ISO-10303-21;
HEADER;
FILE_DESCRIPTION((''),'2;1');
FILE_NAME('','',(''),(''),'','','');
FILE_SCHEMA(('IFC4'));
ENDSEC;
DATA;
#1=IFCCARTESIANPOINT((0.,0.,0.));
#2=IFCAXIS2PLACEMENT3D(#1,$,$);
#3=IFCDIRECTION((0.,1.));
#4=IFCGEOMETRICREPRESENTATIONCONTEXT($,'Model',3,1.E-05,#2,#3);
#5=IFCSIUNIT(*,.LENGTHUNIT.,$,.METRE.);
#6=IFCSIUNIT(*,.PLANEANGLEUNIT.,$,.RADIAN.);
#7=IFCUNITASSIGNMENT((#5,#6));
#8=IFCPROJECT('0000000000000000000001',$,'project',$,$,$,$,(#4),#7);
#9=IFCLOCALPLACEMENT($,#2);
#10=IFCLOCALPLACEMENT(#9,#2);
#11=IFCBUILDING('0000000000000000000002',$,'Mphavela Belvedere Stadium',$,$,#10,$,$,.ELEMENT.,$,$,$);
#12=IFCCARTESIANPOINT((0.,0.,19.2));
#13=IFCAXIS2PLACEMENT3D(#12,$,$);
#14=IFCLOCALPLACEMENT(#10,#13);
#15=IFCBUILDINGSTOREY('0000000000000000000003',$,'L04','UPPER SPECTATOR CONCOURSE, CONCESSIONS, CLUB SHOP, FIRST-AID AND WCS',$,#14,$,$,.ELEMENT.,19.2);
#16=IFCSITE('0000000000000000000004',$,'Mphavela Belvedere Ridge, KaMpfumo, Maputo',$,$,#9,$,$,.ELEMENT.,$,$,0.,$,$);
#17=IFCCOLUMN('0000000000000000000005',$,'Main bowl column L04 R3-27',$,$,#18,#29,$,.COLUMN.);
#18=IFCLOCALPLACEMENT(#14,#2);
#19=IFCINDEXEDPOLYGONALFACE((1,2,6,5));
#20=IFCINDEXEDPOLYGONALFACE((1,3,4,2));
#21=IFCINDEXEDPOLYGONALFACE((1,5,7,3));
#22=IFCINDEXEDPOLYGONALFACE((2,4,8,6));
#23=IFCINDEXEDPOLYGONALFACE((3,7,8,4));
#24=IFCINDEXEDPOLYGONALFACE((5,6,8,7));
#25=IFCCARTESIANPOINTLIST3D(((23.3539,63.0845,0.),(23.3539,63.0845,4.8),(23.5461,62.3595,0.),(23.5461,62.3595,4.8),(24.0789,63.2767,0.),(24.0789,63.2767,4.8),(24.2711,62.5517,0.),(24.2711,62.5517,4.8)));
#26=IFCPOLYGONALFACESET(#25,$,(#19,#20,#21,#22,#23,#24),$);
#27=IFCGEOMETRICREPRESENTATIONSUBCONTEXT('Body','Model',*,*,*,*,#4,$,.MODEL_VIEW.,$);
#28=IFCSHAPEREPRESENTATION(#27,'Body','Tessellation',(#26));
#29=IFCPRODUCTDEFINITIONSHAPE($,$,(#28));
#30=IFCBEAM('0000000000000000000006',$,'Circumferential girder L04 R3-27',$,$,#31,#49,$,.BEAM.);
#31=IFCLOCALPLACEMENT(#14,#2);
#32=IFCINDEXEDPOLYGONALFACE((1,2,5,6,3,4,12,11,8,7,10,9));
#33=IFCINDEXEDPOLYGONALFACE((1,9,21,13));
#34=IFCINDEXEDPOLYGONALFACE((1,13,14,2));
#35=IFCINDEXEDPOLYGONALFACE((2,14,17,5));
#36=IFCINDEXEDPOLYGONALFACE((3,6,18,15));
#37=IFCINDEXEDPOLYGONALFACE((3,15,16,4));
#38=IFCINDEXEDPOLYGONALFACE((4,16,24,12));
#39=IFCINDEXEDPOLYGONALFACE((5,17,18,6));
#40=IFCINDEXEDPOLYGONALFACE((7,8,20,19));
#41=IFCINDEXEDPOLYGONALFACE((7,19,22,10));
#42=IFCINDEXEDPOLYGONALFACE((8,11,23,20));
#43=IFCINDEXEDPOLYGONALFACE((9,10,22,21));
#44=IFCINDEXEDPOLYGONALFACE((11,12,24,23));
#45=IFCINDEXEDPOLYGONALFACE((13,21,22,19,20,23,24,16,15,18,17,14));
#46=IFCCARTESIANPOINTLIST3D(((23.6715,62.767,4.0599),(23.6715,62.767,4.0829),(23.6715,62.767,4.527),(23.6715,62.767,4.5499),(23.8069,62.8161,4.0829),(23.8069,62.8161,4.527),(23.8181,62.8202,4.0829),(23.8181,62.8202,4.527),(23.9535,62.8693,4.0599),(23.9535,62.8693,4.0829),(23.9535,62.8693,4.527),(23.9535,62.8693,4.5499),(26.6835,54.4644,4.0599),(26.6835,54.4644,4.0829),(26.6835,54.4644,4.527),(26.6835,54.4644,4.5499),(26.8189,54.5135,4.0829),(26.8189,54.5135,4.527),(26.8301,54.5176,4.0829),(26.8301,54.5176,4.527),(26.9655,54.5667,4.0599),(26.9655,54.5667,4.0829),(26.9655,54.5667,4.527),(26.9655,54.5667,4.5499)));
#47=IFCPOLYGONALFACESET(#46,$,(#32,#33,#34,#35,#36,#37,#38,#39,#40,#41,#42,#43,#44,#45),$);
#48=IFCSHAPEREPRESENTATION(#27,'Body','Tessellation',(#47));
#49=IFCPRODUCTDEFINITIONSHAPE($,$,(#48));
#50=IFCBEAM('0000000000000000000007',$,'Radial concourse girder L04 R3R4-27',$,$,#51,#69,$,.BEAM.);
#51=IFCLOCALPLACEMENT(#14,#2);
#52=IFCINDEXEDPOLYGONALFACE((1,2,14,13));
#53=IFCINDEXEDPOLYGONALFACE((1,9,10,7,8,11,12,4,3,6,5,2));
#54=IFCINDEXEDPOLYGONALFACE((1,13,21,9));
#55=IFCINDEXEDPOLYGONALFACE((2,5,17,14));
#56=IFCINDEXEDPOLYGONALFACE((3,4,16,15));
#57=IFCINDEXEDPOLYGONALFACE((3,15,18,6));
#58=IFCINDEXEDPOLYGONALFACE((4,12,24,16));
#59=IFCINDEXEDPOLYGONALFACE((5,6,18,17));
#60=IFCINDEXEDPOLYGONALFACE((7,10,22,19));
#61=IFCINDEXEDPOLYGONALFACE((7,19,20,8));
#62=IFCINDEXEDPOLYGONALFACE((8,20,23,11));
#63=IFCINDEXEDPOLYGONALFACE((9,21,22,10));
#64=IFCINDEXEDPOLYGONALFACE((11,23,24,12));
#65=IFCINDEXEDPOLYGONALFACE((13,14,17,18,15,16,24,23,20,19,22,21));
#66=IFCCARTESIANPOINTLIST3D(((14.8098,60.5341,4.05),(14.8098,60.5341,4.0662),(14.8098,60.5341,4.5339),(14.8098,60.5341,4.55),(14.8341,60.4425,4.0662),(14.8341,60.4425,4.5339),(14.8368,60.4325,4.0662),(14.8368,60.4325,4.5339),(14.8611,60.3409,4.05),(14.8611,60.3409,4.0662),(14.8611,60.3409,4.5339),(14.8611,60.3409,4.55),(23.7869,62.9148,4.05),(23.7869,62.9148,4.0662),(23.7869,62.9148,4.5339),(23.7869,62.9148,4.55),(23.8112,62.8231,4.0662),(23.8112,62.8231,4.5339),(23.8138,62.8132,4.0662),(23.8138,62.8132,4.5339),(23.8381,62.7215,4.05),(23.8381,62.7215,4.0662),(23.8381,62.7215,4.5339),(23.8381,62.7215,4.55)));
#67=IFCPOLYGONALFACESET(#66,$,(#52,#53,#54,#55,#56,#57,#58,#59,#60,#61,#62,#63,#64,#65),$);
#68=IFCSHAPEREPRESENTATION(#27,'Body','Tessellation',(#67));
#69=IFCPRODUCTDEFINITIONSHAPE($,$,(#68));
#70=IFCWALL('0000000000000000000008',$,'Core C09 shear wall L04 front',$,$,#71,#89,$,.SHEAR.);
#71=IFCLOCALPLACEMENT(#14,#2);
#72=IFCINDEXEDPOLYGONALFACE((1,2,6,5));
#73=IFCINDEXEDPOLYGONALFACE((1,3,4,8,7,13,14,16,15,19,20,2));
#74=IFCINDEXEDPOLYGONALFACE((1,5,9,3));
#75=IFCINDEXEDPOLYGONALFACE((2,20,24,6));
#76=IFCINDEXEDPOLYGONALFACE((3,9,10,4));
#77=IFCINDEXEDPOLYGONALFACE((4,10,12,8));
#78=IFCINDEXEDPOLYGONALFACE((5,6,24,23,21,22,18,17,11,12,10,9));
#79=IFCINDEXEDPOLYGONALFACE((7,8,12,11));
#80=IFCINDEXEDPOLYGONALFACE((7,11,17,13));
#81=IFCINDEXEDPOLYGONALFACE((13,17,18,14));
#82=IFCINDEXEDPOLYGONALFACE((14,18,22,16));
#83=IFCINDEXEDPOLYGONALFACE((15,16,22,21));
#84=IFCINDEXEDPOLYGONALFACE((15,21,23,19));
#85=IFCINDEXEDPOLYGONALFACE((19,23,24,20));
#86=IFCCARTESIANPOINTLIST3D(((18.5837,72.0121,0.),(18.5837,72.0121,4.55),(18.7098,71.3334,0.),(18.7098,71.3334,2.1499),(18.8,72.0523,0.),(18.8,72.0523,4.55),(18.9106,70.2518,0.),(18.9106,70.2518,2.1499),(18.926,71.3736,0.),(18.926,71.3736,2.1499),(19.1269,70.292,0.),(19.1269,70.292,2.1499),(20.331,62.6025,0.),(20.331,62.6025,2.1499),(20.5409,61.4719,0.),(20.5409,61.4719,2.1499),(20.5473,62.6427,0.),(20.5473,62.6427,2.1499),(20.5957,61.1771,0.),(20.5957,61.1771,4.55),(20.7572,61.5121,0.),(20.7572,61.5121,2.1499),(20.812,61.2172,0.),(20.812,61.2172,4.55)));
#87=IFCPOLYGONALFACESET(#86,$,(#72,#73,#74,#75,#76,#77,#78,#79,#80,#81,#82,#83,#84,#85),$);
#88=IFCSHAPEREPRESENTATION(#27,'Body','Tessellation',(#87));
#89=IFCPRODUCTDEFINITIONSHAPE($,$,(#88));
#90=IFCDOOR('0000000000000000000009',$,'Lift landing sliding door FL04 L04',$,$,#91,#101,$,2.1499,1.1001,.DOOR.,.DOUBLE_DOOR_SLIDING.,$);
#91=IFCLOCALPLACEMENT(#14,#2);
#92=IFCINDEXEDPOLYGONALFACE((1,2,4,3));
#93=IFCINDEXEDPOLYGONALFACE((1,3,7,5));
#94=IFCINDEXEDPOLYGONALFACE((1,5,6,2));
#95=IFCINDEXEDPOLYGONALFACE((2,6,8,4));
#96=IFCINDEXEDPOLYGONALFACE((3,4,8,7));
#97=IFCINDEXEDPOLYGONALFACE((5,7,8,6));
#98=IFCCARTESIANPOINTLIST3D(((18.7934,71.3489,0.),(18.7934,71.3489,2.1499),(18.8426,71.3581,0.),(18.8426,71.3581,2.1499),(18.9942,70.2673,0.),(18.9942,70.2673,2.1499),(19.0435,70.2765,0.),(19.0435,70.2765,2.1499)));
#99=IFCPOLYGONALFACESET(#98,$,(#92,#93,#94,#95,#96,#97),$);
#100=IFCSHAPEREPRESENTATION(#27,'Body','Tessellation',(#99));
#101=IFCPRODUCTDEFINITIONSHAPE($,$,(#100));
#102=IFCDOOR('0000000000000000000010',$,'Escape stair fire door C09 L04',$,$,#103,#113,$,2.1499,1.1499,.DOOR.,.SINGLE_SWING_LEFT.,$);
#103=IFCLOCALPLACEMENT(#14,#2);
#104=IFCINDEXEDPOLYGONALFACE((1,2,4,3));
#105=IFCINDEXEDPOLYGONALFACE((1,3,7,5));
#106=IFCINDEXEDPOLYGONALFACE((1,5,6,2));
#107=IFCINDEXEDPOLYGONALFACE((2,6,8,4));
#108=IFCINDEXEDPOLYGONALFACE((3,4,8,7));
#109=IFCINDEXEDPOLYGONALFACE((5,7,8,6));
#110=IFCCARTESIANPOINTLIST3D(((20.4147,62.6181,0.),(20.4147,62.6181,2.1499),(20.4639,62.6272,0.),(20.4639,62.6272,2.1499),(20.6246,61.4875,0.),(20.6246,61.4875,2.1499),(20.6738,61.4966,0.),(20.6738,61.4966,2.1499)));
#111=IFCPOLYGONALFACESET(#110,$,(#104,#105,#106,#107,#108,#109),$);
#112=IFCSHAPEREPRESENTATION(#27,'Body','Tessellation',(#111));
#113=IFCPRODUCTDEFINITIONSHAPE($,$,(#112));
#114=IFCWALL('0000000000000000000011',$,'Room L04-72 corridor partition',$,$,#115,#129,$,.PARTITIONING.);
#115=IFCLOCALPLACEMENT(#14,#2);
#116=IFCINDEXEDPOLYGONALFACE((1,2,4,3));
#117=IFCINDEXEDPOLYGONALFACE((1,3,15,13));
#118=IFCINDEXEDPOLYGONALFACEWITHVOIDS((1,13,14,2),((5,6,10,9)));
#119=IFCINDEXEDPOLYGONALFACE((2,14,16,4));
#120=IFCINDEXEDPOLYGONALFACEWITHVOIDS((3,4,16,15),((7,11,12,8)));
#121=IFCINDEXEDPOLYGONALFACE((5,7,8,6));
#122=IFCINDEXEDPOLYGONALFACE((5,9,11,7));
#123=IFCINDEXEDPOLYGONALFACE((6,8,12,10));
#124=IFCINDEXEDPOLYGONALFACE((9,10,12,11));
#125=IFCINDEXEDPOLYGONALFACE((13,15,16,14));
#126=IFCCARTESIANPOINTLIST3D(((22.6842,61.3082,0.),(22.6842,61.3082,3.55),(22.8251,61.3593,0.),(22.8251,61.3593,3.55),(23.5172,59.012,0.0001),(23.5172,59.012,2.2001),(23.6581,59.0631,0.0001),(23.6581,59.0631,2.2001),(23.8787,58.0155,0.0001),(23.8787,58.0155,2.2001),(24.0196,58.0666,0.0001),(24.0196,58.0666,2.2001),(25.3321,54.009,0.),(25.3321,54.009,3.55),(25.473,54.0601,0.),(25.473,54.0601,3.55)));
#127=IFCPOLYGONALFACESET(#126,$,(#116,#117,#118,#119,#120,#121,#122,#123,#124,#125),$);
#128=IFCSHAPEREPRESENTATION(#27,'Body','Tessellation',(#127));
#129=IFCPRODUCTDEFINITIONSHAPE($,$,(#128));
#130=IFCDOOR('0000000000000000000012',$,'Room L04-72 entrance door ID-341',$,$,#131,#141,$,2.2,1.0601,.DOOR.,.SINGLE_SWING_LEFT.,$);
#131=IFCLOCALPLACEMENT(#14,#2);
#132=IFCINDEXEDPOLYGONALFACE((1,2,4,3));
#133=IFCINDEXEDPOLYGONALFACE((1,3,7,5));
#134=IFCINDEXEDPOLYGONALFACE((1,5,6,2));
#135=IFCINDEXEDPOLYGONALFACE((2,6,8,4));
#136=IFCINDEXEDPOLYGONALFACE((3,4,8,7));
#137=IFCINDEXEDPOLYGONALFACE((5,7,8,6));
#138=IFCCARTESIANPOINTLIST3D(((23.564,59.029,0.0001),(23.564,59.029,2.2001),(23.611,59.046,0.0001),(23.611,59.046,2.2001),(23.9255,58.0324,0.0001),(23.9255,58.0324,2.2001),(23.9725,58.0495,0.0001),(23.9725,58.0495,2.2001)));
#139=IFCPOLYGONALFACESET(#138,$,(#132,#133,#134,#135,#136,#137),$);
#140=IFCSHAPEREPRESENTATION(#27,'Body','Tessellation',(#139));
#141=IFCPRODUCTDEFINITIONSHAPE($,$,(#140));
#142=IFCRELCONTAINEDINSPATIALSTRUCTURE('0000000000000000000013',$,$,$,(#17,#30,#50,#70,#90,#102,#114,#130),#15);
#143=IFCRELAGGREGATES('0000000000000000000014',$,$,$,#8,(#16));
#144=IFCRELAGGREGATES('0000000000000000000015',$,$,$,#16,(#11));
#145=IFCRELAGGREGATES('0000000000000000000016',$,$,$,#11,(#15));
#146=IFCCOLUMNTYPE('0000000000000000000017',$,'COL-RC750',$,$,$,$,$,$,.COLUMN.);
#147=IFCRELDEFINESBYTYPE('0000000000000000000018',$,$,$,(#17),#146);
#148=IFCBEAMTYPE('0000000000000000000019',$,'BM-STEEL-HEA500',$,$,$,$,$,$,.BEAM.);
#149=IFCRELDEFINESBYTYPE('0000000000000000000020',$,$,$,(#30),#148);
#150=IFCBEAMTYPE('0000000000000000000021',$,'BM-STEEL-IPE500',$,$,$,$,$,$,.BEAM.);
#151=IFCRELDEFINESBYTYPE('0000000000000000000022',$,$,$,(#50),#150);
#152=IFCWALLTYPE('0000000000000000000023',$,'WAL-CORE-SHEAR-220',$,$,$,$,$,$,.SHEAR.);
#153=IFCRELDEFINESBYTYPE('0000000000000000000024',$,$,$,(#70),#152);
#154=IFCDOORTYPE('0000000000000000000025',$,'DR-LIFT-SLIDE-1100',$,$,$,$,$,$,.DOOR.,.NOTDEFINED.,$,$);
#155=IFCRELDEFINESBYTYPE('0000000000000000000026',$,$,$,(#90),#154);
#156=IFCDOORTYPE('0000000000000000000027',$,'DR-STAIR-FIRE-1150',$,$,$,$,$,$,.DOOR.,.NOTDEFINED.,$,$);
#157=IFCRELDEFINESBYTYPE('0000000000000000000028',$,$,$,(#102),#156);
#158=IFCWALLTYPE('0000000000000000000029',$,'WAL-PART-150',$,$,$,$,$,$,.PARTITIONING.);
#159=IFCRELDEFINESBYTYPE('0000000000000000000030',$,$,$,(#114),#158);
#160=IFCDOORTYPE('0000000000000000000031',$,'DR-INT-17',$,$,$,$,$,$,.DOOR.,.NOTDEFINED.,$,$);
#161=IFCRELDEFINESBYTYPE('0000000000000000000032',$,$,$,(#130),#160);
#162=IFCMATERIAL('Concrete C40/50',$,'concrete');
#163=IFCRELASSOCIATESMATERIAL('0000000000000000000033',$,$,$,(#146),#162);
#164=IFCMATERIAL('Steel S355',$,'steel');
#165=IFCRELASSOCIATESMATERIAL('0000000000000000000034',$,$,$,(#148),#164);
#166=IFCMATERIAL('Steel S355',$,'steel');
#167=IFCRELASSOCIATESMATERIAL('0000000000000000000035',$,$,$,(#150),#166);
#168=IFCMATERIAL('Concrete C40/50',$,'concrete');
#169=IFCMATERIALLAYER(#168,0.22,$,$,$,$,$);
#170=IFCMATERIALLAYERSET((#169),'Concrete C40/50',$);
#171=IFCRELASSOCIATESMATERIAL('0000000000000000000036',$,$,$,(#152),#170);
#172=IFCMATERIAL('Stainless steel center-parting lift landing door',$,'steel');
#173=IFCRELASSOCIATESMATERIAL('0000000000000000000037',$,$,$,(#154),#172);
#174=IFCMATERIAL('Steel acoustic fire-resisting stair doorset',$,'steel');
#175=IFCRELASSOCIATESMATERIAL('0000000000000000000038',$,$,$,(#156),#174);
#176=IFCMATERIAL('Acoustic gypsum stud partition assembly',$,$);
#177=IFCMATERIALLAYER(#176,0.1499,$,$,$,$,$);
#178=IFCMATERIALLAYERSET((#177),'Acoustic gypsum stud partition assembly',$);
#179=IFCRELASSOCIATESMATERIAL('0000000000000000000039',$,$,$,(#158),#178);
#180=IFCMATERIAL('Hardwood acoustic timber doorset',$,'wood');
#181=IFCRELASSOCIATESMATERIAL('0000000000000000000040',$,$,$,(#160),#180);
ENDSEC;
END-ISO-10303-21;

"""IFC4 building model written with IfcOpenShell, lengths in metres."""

from ifc_helpers import new_model, si_unit, direction, frame, frame_2d, origin, origin_2d, place, context, subcontext, project, spatial, rectangle, i_section, extrude, material, layer, layer_set, material_profile, profile_set, type_object, element, fill, save


model = new_model("IFC4")

# Units and contexts
model_context = context("Model", 3, precision=1e-05, world=origin(), true_north=direction((0.0, 1.0)))
body_context = subcontext(model_context, "Body", "Model", "MODEL_VIEW")
ifc_project = project(units=[si_unit("LENGTHUNIT", "METRE"), si_unit("PLANEANGLEUNIT", "RADIAN")], contexts=[model_context])

# Site, building, storey
site_placement = place(None, origin())
site = spatial("IfcSite", under=ifc_project, at=site_placement, Name="Mphavela Belvedere Ridge, KaMpfumo, Maputo", CompositionType="ELEMENT", RefElevation=0.0)
building_placement = place(site_placement, origin())
building = spatial("IfcBuilding", under=site, at=building_placement, Name="Mphavela Belvedere Stadium", CompositionType="ELEMENT")
storey_placement = place(building_placement, frame((0.0, 0.0, 19.2)))
storey = spatial("IfcBuildingStorey", under=building, at=storey_placement, Name="L04", Description="UPPER SPECTATOR CONCOURSE, CONCESSIONS, CLUB SHOP, FIRST-AID AND WCS", CompositionType="ELEMENT", Elevation=19.2)

# Column
ifc_material_1 = material(Name="Concrete C40/50", Category="concrete")
ifc_material_profile_1 = material_profile(ifc_material_1, rectangle(XDim=0.75, YDim=0.75, at=origin_2d()), Name="RC 750x750")
ifc_profile_set_1 = profile_set([ifc_material_profile_1], Name="Concrete C40/50")
column_type = type_object("IfcColumnType", Name="COL-RC750", PredefinedType="COLUMN", material=ifc_profile_set_1)
column_placement = place(storey_placement, frame((23.8125, 62.8181, 0.0), z_axis=(0.0, 0.0, 1.0), x_axis=(-0.9666, -0.256289, 0.0)))
element("IfcColumn", 1, at=column_placement, inside=storey, type_object=column_type, Name="Main bowl column L04 R3-27", PredefinedType="COLUMN", context=body_context, shape_type="SweptSolid", body=[
    extrude(rectangle(XDim=0.75, YDim=0.75, at=origin_2d()), origin(), (0.0, 0.0, 1.0), 4.8),
])

# Beams
ifc_material_2 = material(Name="Steel S355", Category="steel")
ifc_material_profile_2 = material_profile(ifc_material_2, i_section(OverallWidth=0.3, OverallDepth=0.49, WebThickness=0.012, FlangeThickness=0.0229, at=origin_2d()), Name="HEA 500")
ifc_profile_set_2 = profile_set([ifc_material_profile_2], Name="Steel S355")
beam_type_1 = type_object("IfcBeamType", Name="BM-STEEL-HEA500", PredefinedType="BEAM", material=ifc_profile_set_2)
beam_1_placement = place(storey_placement, frame((23.8125, 62.8181, 4.3049), z_axis=(0.341031, -0.940052, 0.0), x_axis=(0.940052, 0.341031, 0.0)))
element("IfcBeam", 2, at=beam_1_placement, inside=storey, type_object=beam_type_1, Name="Circumferential girder L04 R3-27", PredefinedType="BEAM", context=body_context, shape_type="SweptSolid", body=[
    extrude(i_section(OverallWidth=0.3, OverallDepth=0.49, WebThickness=0.012, FlangeThickness=0.0229, at=origin_2d()), origin(), (0.0, 0.0, 1.0), 8.832),
])
ifc_material_3 = material(Name="Steel S355", Category="steel")
ifc_material_profile_3 = material_profile(ifc_material_3, i_section(OverallWidth=0.2, OverallDepth=0.5, WebThickness=0.0103, FlangeThickness=0.0161, at=origin_2d()), Name="IPE 500")
ifc_profile_set_3 = profile_set([ifc_material_profile_3], Name="Steel S355")
beam_type_2 = type_object("IfcBeamType", Name="BM-STEEL-IPE500", PredefinedType="BEAM", material=ifc_profile_set_3)
beam_2_placement = place(storey_placement, frame((23.8125, 62.8181, 4.3), z_axis=(-0.96659, -0.256329, 0.0), x_axis=(0.256329, -0.96659, 0.0)))
element("IfcBeam", 3, at=beam_2_placement, inside=storey, type_object=beam_type_2, Name="Radial concourse girder L04 R3R4-27", PredefinedType="BEAM", context=body_context, shape_type="SweptSolid", body=[
    extrude(i_section(OverallWidth=0.2, OverallDepth=0.5, WebThickness=0.0103, FlangeThickness=0.0161, at=origin_2d()), origin(), (0.0, 0.0, 1.0), 9.2874),
])

# Wall, openings, doors
ifc_material_4 = material(Name="Concrete C40/50", Category="concrete")
ifc_layer_1 = layer(ifc_material_4, 0.22)
ifc_layer_set_1 = layer_set([ifc_layer_1], Name="Concrete C40/50")
wall_type_1 = type_object("IfcWallType", Name="WAL-CORE-SHEAR-220", PredefinedType="SHEAR", material=ifc_layer_set_1)
wall_1_placement = place(storey_placement, frame((20.7039, 61.197, 0.0), z_axis=(0.0, 0.0, 1.0), x_axis=(-0.182571, 0.983193, 0.0)))
wall_1 = element("IfcWall", 4, at=wall_1_placement, inside=storey, type_object=wall_type_1, Name="Core C09 shear wall L04 front", PredefinedType="SHEAR", context=body_context, shape_type="SweptSolid", body=[
    extrude(rectangle(XDim=11.0203, YDim=0.22, at=frame_2d((5.5103, 0.0))), origin(), (0.0, 0.0, 1.0), 4.55),
])
opening_1_placement = place(wall_1_placement, frame((0.3, 0.0, 0.0)))
opening_1 = element("IfcOpeningElement", 5, at=opening_1_placement, cuts=wall_1, PredefinedType="OPENING", context=body_context, shape_type="SweptSolid", body=[
    extrude(rectangle(XDim=1.1499, YDim=2.1499, at=frame_2d((0.575, 1.075))), frame((0.0, 0.1201, 0.0), z_axis=(0.0, -1.0, 0.0), x_axis=(1.0, 0.0, 0.0)), (0.0, 0.0, 1.0), 0.24),
])
opening_2_placement = place(wall_1_placement, frame((9.23, 0.0, 0.0)))
opening_2 = element("IfcOpeningElement", 6, at=opening_2_placement, cuts=wall_1, PredefinedType="OPENING", context=body_context, shape_type="SweptSolid", body=[
    extrude(rectangle(XDim=1.1001, YDim=2.1499, at=frame_2d((0.55, 1.075))), frame((0.0, 0.1201, 0.0), z_axis=(0.0, -1.0, 0.0), x_axis=(1.0, 0.0, 0.0)), (0.0, 0.0, 1.0), 0.24),
])
ifc_material_5 = material(Name="Stainless steel center-parting lift landing door", Category="steel")
door_type_1 = type_object("IfcDoorType", Name="DR-LIFT-SLIDE-1100", OperationType="NOTDEFINED", PredefinedType="DOOR", material=ifc_material_5)
door_1_placement = place(opening_2_placement, origin())
door_1 = element("IfcDoor", 7, at=door_1_placement, inside=storey, type_object=door_type_1, Name="Lift landing sliding door FL04 L04", OperationType="DOUBLE_DOOR_SLIDING", OverallHeight=2.1499, OverallWidth=1.1001, PredefinedType="DOOR", context=body_context, shape_type="SweptSolid", body=[
    extrude(rectangle(XDim=1.1001, YDim=2.1499, at=frame_2d((0.55, 1.075))), frame((0.0, 0.0249, 0.0), z_axis=(0.0, -1.0, 0.0), x_axis=(1.0, 0.0, 0.0)), (0.0, 0.0, 1.0), 0.05),
])
fill(opening_2, door_1)
ifc_material_6 = material(Name="Steel acoustic fire-resisting stair doorset", Category="steel")
door_type_2 = type_object("IfcDoorType", Name="DR-STAIR-FIRE-1150", OperationType="NOTDEFINED", PredefinedType="DOOR", material=ifc_material_6)
door_2_placement = place(opening_1_placement, origin())
door_2 = element("IfcDoor", 8, at=door_2_placement, inside=storey, type_object=door_type_2, Name="Escape stair fire door C09 L04", OperationType="SINGLE_SWING_LEFT", OverallHeight=2.1499, OverallWidth=1.1499, PredefinedType="DOOR", context=body_context, shape_type="SweptSolid", body=[
    extrude(rectangle(XDim=1.1499, YDim=2.1499, at=frame_2d((0.575, 1.075))), frame((0.0, 0.0249, 0.0), z_axis=(0.0, -1.0, 0.0), x_axis=(1.0, 0.0, 0.0)), (0.0, 0.0, 1.0), 0.05),
])
fill(opening_1, door_2)

# Wall, opening, door
ifc_material_7 = material(Name="Acoustic gypsum stud partition assembly")
ifc_layer_2 = layer(ifc_material_7, 0.1499)
ifc_layer_set_2 = layer_set([ifc_layer_2], Name="Acoustic gypsum stud partition assembly")
wall_type_2 = type_object("IfcWallType", Name="WAL-PART-150", PredefinedType="PARTITIONING", material=ifc_layer_set_2)
wall_2_placement = place(storey_placement, frame((22.7546, 61.3337, 0.0), z_axis=(0.0, 0.0, 1.0), x_axis=(0.341021, -0.940056, 0.0)))
wall_2 = element("IfcWall", 9, at=wall_2_placement, inside=storey, type_object=wall_type_2, Name="Room L04-72 corridor partition", PredefinedType="PARTITIONING", context=body_context, shape_type="SweptSolid", body=[
    extrude(rectangle(XDim=7.7646, YDim=0.1499, at=frame_2d((3.8823, 0.0))), origin(), (0.0, 0.0, 1.0), 3.55),
])
opening_3_placement = place(wall_2_placement, frame((2.4426, 0.0, 0.0)))
opening_3 = element("IfcOpeningElement", 10, at=opening_3_placement, cuts=wall_2, PredefinedType="OPENING", context=body_context, shape_type="SweptSolid", body=[
    extrude(rectangle(XDim=1.0601, YDim=2.2, at=frame_2d((0.53, 1.1001))), frame((0.0, 0.085, 0.0), z_axis=(0.0, -1.0, 0.0), x_axis=(1.0, 0.0, 0.0)), (0.0, 0.0, 1.0), 0.1699),
])
ifc_material_8 = material(Name="Hardwood acoustic timber doorset", Category="wood")
door_type_3 = type_object("IfcDoorType", Name="DR-INT-17", OperationType="NOTDEFINED", PredefinedType="DOOR", material=ifc_material_8)
door_3_placement = place(opening_3_placement, origin())
door_3 = element("IfcDoor", 11, at=door_3_placement, inside=storey, type_object=door_type_3, Name="Room L04-72 entrance door ID-341", OperationType="SINGLE_SWING_LEFT", OverallHeight=2.2, OverallWidth=1.0601, PredefinedType="DOOR", context=body_context, shape_type="SweptSolid", body=[
    extrude(rectangle(XDim=1.0601, YDim=2.2, at=frame_2d((0.53, 1.1001))), frame((0.0, 0.0249, 0.0), z_axis=(0.0, -1.0, 0.0), x_axis=(1.0, 0.0, 0.0)), (0.0, 0.0, 1.0), 0.05),
])
fill(opening_3, door_3)

save(model, "model.ifc")
